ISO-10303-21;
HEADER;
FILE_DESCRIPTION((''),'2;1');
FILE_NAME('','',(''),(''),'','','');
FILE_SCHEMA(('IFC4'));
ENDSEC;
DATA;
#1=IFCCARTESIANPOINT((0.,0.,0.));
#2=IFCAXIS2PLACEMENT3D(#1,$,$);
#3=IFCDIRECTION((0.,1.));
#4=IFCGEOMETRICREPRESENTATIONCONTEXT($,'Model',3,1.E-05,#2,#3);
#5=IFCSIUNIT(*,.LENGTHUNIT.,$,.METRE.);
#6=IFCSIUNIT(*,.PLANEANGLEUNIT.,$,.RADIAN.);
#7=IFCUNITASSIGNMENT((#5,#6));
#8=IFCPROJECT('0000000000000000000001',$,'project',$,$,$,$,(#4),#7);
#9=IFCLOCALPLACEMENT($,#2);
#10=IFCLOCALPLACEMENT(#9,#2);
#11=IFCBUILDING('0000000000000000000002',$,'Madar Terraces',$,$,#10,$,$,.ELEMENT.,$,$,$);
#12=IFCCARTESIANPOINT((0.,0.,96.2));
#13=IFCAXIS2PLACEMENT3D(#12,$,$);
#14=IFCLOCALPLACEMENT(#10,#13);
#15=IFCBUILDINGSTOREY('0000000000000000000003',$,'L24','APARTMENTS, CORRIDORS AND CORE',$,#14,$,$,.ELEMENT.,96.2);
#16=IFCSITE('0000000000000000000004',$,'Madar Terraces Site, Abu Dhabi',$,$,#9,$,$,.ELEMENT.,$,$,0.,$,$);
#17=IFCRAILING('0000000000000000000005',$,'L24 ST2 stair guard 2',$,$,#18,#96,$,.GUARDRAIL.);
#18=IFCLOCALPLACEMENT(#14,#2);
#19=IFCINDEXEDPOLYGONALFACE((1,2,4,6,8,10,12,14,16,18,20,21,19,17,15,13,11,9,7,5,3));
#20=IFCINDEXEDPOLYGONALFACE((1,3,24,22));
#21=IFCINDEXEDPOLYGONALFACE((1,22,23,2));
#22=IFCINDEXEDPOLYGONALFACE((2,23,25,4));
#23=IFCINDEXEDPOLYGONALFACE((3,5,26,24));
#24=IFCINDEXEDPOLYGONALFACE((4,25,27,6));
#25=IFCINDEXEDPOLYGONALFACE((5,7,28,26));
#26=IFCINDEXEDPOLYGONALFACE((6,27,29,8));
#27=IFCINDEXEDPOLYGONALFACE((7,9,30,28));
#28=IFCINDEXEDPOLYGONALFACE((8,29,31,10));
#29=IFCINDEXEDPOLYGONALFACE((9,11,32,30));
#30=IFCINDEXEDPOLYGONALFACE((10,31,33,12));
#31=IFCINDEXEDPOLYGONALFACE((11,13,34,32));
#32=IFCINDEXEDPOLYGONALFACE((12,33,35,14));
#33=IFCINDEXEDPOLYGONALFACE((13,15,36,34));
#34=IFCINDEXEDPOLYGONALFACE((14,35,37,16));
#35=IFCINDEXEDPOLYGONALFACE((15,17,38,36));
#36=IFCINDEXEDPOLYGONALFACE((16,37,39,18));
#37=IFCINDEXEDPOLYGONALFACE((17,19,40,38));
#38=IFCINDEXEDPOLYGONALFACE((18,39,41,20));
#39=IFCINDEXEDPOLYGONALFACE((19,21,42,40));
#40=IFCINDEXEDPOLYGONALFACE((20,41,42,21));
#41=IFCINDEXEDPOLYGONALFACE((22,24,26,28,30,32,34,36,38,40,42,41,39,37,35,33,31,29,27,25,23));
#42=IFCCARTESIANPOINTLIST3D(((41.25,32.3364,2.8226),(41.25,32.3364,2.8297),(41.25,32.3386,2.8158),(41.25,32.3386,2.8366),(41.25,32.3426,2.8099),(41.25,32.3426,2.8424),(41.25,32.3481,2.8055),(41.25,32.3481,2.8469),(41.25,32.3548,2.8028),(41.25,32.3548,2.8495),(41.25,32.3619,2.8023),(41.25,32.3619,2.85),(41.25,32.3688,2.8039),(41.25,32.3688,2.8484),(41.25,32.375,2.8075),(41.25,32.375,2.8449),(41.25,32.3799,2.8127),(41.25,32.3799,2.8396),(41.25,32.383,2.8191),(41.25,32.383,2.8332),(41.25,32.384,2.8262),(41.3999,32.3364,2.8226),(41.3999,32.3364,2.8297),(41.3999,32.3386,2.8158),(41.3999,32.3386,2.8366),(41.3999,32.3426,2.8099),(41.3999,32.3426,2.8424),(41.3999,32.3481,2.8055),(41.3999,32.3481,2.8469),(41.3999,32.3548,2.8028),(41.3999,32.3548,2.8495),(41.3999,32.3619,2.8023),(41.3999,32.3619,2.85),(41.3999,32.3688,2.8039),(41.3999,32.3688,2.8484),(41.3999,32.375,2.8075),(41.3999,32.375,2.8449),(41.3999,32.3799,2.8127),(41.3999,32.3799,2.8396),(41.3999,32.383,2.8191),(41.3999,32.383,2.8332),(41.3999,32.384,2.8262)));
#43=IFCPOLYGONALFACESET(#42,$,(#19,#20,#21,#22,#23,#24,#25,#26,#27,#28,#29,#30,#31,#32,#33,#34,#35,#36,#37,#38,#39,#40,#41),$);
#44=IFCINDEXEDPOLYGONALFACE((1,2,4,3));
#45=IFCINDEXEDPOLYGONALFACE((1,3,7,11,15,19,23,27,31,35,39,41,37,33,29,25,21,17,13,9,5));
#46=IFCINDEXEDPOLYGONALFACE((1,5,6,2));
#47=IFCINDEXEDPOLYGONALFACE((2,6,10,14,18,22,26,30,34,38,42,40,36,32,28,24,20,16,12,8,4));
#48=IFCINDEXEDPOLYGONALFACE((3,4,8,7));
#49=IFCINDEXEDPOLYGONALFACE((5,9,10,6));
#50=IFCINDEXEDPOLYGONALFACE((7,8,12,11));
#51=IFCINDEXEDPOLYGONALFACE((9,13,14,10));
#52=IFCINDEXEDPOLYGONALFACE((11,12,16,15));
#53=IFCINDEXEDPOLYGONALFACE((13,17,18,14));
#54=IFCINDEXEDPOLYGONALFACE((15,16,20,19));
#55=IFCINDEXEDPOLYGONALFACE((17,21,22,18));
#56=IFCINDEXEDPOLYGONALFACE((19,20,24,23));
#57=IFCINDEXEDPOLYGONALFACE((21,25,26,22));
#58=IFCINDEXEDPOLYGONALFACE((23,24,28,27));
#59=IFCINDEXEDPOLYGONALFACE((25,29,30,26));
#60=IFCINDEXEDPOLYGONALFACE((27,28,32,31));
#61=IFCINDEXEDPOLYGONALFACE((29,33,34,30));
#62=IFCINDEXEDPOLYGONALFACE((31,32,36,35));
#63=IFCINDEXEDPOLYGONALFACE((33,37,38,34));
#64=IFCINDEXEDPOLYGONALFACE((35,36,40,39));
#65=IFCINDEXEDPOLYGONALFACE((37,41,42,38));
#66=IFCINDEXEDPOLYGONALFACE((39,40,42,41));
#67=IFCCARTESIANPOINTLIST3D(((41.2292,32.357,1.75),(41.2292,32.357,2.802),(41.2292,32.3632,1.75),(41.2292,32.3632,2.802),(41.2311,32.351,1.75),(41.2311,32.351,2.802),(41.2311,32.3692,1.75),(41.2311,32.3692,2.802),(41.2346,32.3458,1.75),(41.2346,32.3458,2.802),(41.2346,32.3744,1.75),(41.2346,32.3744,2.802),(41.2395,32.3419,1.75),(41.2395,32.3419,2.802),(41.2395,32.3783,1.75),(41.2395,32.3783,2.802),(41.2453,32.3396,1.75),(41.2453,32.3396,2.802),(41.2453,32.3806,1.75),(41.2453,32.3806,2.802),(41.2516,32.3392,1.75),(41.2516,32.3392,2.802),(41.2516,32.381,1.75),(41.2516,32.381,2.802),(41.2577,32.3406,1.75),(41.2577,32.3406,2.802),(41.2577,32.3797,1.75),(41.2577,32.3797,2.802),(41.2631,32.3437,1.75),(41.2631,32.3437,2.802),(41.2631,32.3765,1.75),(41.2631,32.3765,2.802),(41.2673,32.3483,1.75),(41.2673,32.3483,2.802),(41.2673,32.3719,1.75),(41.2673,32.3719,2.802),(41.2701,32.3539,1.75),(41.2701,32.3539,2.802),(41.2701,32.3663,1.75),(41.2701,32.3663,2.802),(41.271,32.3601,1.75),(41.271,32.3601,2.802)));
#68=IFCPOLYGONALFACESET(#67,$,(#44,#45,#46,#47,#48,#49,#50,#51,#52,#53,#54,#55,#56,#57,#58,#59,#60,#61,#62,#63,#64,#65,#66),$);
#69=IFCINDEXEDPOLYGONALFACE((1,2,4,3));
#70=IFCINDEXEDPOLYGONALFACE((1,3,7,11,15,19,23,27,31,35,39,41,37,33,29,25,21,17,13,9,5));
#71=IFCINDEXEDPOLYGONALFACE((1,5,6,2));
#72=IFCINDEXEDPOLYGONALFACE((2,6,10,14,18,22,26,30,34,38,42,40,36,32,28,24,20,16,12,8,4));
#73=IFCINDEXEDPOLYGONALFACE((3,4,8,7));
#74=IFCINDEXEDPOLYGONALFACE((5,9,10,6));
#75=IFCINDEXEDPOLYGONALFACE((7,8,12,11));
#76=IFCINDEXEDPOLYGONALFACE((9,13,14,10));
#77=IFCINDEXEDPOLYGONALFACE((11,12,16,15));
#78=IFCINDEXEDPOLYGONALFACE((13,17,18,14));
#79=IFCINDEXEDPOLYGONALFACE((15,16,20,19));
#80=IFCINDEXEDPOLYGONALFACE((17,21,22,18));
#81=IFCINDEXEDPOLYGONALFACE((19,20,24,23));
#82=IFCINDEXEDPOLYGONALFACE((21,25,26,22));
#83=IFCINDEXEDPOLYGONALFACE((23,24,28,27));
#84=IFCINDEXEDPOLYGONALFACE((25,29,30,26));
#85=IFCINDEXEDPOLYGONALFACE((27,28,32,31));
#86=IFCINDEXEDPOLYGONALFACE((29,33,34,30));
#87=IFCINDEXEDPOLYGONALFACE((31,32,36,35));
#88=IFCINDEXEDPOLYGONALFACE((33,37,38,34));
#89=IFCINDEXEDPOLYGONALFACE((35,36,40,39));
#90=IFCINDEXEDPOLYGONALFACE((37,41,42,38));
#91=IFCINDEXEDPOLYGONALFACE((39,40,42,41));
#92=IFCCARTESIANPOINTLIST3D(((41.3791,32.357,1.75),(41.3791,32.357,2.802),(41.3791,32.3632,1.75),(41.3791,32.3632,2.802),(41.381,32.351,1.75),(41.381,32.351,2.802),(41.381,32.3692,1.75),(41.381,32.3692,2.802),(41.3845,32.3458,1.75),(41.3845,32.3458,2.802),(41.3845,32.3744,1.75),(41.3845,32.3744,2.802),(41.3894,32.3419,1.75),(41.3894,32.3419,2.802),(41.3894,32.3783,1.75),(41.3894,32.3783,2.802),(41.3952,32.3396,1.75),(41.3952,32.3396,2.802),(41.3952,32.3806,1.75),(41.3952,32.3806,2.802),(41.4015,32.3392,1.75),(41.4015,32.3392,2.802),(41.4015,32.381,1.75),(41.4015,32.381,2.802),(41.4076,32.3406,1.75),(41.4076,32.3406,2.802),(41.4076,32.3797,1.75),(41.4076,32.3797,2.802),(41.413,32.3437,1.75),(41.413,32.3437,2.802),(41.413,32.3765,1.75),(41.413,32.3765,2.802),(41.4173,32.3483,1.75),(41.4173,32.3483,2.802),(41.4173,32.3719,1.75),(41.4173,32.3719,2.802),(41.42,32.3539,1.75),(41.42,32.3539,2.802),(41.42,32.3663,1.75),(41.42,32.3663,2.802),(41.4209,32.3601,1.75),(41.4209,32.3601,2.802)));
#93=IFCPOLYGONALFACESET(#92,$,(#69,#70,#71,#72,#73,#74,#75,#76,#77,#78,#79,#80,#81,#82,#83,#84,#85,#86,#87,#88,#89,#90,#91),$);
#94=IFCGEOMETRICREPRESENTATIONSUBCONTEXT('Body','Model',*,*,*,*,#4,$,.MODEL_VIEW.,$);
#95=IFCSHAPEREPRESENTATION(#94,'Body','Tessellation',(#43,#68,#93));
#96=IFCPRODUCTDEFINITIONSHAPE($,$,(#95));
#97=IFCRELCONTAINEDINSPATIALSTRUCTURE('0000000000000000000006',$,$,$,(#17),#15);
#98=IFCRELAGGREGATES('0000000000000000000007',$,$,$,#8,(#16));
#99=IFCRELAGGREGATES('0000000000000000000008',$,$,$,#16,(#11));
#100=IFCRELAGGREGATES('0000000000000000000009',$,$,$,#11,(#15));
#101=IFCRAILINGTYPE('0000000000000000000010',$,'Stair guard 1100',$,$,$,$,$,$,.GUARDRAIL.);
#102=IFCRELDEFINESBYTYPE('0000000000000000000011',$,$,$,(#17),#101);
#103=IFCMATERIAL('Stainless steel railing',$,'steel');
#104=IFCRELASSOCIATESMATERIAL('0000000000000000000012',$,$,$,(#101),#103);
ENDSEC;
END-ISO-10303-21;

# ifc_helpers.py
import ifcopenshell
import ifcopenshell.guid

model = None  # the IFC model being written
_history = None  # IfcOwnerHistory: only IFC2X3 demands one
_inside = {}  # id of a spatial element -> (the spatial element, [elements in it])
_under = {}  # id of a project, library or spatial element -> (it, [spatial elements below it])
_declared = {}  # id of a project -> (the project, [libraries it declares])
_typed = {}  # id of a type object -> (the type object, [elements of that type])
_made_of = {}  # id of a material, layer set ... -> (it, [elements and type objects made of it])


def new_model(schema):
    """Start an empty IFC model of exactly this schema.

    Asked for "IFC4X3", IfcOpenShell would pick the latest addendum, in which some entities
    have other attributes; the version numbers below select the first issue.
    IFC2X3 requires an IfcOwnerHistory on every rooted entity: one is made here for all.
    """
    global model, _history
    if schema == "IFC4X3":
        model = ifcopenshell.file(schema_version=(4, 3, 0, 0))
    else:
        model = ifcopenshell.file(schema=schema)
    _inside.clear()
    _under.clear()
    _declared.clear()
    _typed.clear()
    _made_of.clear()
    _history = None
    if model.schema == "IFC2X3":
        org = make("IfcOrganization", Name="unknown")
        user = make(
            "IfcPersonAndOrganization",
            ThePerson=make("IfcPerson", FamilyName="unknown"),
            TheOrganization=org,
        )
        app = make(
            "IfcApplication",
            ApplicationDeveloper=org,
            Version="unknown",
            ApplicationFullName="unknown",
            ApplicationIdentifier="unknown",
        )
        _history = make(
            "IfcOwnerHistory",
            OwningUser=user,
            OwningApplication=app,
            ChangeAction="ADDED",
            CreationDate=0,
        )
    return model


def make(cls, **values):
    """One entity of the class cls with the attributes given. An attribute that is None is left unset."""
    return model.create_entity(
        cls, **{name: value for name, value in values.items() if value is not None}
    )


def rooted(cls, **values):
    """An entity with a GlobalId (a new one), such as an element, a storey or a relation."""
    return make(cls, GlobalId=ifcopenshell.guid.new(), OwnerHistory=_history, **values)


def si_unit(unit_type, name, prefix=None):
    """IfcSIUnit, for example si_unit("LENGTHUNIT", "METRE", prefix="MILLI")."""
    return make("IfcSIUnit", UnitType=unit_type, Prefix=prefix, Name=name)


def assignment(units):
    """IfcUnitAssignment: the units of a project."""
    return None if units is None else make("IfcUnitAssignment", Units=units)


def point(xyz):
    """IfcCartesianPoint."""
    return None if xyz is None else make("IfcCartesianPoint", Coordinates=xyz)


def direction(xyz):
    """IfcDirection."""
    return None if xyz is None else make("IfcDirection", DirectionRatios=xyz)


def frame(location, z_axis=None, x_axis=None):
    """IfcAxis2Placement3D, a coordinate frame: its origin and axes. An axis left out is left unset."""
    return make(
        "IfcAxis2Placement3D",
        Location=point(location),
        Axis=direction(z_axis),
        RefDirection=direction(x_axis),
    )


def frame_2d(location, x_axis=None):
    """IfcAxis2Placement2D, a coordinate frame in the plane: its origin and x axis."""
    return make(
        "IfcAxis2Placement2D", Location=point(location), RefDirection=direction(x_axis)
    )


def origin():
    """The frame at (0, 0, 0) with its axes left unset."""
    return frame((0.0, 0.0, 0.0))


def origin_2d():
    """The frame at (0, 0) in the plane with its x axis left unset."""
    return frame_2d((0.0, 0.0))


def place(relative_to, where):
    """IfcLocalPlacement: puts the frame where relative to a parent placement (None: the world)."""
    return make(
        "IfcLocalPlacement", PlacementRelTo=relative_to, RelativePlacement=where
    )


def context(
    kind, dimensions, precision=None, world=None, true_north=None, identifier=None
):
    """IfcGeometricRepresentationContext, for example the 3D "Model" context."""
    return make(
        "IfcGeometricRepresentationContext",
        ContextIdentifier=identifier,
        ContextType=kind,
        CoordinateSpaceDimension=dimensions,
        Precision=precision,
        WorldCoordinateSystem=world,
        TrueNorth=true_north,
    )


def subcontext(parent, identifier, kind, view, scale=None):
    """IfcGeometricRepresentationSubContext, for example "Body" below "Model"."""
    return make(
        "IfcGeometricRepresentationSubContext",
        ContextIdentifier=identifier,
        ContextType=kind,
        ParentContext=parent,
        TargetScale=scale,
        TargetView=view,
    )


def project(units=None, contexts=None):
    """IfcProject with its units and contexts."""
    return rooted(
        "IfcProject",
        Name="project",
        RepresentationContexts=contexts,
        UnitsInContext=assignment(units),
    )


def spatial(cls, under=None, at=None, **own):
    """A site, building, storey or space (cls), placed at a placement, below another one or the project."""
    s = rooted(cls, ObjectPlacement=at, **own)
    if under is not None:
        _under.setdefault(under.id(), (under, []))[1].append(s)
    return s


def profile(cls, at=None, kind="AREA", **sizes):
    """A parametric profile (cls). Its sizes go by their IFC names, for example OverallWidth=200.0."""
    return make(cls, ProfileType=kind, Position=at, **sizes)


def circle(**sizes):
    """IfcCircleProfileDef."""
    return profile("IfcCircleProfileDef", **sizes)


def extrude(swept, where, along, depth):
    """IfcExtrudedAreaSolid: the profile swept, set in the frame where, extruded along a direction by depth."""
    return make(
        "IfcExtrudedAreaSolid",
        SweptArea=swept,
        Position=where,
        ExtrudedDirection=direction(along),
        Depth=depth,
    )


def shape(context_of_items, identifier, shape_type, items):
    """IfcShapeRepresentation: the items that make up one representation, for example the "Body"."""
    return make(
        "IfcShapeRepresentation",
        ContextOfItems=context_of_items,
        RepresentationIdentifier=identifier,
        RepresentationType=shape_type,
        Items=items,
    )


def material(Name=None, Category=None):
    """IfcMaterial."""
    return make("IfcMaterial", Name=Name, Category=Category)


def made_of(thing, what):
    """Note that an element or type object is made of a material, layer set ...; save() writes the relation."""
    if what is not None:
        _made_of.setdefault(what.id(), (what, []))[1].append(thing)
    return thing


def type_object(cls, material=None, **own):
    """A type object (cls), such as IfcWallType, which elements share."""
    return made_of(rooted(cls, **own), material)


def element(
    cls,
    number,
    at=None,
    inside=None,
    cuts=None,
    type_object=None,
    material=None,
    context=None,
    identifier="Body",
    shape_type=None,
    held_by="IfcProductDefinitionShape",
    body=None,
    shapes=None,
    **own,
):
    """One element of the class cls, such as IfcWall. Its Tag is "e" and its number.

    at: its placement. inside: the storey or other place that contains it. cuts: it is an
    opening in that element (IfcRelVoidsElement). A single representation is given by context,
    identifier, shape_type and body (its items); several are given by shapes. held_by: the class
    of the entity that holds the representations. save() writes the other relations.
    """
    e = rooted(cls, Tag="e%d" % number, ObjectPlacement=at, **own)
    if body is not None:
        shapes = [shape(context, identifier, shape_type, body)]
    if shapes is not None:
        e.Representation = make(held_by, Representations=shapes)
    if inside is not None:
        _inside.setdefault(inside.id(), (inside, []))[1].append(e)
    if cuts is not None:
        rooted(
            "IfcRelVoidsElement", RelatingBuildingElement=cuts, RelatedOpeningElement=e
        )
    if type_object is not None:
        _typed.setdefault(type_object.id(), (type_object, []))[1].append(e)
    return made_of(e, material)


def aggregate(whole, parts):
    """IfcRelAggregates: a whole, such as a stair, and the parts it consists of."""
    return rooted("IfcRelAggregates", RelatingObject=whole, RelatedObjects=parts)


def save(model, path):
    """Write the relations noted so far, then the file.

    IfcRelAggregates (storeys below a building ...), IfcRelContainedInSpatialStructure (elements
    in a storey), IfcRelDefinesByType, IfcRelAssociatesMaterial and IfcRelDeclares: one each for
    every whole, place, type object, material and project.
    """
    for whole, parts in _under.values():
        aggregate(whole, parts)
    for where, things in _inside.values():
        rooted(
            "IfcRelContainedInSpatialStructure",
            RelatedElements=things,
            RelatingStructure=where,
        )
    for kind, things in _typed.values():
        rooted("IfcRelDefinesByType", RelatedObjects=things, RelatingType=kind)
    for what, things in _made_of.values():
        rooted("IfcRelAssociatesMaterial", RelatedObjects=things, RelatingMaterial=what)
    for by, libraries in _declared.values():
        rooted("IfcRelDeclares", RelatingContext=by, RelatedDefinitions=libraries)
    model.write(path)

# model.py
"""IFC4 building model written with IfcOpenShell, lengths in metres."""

from ifc_helpers import new_model, si_unit, direction, frame, origin, origin_2d, place, context, subcontext, project, spatial, circle, extrude, material, type_object, element, save


model = new_model("IFC4")

# Units and contexts
model_context = context("Model", 3, precision=1e-05, world=origin(), true_north=direction((0.0, 1.0)))
body_context = subcontext(model_context, "Body", "Model", "MODEL_VIEW")
ifc_project = project(units=[si_unit("LENGTHUNIT", "METRE"), si_unit("PLANEANGLEUNIT", "RADIAN")], contexts=[model_context])

# Site, building, storey
site_placement = place(None, origin())
site = spatial("IfcSite", under=ifc_project, at=site_placement, Name="Madar Terraces Site, Abu Dhabi", CompositionType="ELEMENT", RefElevation=0.0)
building_placement = place(site_placement, origin())
building = spatial("IfcBuilding", under=site, at=building_placement, Name="Madar Terraces", CompositionType="ELEMENT")
storey_placement = place(building_placement, frame((0.0, 0.0, 96.2)))
storey = spatial("IfcBuildingStorey", under=building, at=storey_placement, Name="L24", Description="APARTMENTS, CORRIDORS AND CORE", CompositionType="ELEMENT", Elevation=96.2)

# Railing
ifc_material_1 = material(Name="Stainless steel railing", Category="steel")
railing_type_1 = type_object("IfcRailingType", Name="Stair guard 1100", PredefinedType="GUARDRAIL", material=ifc_material_1)
railing_1_placement = place(storey_placement, frame((41.25, 32.3601, 1.75)))
element("IfcRailing", 1, at=railing_1_placement, inside=storey, type_object=railing_type_1, Name="L24 ST2 stair guard 2", PredefinedType="GUARDRAIL", context=body_context, shape_type="SweptSolid", body=[
    extrude(circle(Radius=0.0239, at=origin_2d()), frame((0.0, 0.0, 1.0762), z_axis=(1.0, 0.0, 0.0), x_axis=(0.0, 1.0, 0.0)), (0.0, 0.0, 1.0), 0.1499),
    extrude(circle(Radius=0.021, at=origin_2d()), origin(), (0.0, 0.0, 1.0), 1.052),
    extrude(circle(Radius=0.021, at=origin_2d()), frame((0.1499, 0.0, 0.0)), (0.0, 0.0, 1.0), 1.052),
])

save(model, "model.ifc")
